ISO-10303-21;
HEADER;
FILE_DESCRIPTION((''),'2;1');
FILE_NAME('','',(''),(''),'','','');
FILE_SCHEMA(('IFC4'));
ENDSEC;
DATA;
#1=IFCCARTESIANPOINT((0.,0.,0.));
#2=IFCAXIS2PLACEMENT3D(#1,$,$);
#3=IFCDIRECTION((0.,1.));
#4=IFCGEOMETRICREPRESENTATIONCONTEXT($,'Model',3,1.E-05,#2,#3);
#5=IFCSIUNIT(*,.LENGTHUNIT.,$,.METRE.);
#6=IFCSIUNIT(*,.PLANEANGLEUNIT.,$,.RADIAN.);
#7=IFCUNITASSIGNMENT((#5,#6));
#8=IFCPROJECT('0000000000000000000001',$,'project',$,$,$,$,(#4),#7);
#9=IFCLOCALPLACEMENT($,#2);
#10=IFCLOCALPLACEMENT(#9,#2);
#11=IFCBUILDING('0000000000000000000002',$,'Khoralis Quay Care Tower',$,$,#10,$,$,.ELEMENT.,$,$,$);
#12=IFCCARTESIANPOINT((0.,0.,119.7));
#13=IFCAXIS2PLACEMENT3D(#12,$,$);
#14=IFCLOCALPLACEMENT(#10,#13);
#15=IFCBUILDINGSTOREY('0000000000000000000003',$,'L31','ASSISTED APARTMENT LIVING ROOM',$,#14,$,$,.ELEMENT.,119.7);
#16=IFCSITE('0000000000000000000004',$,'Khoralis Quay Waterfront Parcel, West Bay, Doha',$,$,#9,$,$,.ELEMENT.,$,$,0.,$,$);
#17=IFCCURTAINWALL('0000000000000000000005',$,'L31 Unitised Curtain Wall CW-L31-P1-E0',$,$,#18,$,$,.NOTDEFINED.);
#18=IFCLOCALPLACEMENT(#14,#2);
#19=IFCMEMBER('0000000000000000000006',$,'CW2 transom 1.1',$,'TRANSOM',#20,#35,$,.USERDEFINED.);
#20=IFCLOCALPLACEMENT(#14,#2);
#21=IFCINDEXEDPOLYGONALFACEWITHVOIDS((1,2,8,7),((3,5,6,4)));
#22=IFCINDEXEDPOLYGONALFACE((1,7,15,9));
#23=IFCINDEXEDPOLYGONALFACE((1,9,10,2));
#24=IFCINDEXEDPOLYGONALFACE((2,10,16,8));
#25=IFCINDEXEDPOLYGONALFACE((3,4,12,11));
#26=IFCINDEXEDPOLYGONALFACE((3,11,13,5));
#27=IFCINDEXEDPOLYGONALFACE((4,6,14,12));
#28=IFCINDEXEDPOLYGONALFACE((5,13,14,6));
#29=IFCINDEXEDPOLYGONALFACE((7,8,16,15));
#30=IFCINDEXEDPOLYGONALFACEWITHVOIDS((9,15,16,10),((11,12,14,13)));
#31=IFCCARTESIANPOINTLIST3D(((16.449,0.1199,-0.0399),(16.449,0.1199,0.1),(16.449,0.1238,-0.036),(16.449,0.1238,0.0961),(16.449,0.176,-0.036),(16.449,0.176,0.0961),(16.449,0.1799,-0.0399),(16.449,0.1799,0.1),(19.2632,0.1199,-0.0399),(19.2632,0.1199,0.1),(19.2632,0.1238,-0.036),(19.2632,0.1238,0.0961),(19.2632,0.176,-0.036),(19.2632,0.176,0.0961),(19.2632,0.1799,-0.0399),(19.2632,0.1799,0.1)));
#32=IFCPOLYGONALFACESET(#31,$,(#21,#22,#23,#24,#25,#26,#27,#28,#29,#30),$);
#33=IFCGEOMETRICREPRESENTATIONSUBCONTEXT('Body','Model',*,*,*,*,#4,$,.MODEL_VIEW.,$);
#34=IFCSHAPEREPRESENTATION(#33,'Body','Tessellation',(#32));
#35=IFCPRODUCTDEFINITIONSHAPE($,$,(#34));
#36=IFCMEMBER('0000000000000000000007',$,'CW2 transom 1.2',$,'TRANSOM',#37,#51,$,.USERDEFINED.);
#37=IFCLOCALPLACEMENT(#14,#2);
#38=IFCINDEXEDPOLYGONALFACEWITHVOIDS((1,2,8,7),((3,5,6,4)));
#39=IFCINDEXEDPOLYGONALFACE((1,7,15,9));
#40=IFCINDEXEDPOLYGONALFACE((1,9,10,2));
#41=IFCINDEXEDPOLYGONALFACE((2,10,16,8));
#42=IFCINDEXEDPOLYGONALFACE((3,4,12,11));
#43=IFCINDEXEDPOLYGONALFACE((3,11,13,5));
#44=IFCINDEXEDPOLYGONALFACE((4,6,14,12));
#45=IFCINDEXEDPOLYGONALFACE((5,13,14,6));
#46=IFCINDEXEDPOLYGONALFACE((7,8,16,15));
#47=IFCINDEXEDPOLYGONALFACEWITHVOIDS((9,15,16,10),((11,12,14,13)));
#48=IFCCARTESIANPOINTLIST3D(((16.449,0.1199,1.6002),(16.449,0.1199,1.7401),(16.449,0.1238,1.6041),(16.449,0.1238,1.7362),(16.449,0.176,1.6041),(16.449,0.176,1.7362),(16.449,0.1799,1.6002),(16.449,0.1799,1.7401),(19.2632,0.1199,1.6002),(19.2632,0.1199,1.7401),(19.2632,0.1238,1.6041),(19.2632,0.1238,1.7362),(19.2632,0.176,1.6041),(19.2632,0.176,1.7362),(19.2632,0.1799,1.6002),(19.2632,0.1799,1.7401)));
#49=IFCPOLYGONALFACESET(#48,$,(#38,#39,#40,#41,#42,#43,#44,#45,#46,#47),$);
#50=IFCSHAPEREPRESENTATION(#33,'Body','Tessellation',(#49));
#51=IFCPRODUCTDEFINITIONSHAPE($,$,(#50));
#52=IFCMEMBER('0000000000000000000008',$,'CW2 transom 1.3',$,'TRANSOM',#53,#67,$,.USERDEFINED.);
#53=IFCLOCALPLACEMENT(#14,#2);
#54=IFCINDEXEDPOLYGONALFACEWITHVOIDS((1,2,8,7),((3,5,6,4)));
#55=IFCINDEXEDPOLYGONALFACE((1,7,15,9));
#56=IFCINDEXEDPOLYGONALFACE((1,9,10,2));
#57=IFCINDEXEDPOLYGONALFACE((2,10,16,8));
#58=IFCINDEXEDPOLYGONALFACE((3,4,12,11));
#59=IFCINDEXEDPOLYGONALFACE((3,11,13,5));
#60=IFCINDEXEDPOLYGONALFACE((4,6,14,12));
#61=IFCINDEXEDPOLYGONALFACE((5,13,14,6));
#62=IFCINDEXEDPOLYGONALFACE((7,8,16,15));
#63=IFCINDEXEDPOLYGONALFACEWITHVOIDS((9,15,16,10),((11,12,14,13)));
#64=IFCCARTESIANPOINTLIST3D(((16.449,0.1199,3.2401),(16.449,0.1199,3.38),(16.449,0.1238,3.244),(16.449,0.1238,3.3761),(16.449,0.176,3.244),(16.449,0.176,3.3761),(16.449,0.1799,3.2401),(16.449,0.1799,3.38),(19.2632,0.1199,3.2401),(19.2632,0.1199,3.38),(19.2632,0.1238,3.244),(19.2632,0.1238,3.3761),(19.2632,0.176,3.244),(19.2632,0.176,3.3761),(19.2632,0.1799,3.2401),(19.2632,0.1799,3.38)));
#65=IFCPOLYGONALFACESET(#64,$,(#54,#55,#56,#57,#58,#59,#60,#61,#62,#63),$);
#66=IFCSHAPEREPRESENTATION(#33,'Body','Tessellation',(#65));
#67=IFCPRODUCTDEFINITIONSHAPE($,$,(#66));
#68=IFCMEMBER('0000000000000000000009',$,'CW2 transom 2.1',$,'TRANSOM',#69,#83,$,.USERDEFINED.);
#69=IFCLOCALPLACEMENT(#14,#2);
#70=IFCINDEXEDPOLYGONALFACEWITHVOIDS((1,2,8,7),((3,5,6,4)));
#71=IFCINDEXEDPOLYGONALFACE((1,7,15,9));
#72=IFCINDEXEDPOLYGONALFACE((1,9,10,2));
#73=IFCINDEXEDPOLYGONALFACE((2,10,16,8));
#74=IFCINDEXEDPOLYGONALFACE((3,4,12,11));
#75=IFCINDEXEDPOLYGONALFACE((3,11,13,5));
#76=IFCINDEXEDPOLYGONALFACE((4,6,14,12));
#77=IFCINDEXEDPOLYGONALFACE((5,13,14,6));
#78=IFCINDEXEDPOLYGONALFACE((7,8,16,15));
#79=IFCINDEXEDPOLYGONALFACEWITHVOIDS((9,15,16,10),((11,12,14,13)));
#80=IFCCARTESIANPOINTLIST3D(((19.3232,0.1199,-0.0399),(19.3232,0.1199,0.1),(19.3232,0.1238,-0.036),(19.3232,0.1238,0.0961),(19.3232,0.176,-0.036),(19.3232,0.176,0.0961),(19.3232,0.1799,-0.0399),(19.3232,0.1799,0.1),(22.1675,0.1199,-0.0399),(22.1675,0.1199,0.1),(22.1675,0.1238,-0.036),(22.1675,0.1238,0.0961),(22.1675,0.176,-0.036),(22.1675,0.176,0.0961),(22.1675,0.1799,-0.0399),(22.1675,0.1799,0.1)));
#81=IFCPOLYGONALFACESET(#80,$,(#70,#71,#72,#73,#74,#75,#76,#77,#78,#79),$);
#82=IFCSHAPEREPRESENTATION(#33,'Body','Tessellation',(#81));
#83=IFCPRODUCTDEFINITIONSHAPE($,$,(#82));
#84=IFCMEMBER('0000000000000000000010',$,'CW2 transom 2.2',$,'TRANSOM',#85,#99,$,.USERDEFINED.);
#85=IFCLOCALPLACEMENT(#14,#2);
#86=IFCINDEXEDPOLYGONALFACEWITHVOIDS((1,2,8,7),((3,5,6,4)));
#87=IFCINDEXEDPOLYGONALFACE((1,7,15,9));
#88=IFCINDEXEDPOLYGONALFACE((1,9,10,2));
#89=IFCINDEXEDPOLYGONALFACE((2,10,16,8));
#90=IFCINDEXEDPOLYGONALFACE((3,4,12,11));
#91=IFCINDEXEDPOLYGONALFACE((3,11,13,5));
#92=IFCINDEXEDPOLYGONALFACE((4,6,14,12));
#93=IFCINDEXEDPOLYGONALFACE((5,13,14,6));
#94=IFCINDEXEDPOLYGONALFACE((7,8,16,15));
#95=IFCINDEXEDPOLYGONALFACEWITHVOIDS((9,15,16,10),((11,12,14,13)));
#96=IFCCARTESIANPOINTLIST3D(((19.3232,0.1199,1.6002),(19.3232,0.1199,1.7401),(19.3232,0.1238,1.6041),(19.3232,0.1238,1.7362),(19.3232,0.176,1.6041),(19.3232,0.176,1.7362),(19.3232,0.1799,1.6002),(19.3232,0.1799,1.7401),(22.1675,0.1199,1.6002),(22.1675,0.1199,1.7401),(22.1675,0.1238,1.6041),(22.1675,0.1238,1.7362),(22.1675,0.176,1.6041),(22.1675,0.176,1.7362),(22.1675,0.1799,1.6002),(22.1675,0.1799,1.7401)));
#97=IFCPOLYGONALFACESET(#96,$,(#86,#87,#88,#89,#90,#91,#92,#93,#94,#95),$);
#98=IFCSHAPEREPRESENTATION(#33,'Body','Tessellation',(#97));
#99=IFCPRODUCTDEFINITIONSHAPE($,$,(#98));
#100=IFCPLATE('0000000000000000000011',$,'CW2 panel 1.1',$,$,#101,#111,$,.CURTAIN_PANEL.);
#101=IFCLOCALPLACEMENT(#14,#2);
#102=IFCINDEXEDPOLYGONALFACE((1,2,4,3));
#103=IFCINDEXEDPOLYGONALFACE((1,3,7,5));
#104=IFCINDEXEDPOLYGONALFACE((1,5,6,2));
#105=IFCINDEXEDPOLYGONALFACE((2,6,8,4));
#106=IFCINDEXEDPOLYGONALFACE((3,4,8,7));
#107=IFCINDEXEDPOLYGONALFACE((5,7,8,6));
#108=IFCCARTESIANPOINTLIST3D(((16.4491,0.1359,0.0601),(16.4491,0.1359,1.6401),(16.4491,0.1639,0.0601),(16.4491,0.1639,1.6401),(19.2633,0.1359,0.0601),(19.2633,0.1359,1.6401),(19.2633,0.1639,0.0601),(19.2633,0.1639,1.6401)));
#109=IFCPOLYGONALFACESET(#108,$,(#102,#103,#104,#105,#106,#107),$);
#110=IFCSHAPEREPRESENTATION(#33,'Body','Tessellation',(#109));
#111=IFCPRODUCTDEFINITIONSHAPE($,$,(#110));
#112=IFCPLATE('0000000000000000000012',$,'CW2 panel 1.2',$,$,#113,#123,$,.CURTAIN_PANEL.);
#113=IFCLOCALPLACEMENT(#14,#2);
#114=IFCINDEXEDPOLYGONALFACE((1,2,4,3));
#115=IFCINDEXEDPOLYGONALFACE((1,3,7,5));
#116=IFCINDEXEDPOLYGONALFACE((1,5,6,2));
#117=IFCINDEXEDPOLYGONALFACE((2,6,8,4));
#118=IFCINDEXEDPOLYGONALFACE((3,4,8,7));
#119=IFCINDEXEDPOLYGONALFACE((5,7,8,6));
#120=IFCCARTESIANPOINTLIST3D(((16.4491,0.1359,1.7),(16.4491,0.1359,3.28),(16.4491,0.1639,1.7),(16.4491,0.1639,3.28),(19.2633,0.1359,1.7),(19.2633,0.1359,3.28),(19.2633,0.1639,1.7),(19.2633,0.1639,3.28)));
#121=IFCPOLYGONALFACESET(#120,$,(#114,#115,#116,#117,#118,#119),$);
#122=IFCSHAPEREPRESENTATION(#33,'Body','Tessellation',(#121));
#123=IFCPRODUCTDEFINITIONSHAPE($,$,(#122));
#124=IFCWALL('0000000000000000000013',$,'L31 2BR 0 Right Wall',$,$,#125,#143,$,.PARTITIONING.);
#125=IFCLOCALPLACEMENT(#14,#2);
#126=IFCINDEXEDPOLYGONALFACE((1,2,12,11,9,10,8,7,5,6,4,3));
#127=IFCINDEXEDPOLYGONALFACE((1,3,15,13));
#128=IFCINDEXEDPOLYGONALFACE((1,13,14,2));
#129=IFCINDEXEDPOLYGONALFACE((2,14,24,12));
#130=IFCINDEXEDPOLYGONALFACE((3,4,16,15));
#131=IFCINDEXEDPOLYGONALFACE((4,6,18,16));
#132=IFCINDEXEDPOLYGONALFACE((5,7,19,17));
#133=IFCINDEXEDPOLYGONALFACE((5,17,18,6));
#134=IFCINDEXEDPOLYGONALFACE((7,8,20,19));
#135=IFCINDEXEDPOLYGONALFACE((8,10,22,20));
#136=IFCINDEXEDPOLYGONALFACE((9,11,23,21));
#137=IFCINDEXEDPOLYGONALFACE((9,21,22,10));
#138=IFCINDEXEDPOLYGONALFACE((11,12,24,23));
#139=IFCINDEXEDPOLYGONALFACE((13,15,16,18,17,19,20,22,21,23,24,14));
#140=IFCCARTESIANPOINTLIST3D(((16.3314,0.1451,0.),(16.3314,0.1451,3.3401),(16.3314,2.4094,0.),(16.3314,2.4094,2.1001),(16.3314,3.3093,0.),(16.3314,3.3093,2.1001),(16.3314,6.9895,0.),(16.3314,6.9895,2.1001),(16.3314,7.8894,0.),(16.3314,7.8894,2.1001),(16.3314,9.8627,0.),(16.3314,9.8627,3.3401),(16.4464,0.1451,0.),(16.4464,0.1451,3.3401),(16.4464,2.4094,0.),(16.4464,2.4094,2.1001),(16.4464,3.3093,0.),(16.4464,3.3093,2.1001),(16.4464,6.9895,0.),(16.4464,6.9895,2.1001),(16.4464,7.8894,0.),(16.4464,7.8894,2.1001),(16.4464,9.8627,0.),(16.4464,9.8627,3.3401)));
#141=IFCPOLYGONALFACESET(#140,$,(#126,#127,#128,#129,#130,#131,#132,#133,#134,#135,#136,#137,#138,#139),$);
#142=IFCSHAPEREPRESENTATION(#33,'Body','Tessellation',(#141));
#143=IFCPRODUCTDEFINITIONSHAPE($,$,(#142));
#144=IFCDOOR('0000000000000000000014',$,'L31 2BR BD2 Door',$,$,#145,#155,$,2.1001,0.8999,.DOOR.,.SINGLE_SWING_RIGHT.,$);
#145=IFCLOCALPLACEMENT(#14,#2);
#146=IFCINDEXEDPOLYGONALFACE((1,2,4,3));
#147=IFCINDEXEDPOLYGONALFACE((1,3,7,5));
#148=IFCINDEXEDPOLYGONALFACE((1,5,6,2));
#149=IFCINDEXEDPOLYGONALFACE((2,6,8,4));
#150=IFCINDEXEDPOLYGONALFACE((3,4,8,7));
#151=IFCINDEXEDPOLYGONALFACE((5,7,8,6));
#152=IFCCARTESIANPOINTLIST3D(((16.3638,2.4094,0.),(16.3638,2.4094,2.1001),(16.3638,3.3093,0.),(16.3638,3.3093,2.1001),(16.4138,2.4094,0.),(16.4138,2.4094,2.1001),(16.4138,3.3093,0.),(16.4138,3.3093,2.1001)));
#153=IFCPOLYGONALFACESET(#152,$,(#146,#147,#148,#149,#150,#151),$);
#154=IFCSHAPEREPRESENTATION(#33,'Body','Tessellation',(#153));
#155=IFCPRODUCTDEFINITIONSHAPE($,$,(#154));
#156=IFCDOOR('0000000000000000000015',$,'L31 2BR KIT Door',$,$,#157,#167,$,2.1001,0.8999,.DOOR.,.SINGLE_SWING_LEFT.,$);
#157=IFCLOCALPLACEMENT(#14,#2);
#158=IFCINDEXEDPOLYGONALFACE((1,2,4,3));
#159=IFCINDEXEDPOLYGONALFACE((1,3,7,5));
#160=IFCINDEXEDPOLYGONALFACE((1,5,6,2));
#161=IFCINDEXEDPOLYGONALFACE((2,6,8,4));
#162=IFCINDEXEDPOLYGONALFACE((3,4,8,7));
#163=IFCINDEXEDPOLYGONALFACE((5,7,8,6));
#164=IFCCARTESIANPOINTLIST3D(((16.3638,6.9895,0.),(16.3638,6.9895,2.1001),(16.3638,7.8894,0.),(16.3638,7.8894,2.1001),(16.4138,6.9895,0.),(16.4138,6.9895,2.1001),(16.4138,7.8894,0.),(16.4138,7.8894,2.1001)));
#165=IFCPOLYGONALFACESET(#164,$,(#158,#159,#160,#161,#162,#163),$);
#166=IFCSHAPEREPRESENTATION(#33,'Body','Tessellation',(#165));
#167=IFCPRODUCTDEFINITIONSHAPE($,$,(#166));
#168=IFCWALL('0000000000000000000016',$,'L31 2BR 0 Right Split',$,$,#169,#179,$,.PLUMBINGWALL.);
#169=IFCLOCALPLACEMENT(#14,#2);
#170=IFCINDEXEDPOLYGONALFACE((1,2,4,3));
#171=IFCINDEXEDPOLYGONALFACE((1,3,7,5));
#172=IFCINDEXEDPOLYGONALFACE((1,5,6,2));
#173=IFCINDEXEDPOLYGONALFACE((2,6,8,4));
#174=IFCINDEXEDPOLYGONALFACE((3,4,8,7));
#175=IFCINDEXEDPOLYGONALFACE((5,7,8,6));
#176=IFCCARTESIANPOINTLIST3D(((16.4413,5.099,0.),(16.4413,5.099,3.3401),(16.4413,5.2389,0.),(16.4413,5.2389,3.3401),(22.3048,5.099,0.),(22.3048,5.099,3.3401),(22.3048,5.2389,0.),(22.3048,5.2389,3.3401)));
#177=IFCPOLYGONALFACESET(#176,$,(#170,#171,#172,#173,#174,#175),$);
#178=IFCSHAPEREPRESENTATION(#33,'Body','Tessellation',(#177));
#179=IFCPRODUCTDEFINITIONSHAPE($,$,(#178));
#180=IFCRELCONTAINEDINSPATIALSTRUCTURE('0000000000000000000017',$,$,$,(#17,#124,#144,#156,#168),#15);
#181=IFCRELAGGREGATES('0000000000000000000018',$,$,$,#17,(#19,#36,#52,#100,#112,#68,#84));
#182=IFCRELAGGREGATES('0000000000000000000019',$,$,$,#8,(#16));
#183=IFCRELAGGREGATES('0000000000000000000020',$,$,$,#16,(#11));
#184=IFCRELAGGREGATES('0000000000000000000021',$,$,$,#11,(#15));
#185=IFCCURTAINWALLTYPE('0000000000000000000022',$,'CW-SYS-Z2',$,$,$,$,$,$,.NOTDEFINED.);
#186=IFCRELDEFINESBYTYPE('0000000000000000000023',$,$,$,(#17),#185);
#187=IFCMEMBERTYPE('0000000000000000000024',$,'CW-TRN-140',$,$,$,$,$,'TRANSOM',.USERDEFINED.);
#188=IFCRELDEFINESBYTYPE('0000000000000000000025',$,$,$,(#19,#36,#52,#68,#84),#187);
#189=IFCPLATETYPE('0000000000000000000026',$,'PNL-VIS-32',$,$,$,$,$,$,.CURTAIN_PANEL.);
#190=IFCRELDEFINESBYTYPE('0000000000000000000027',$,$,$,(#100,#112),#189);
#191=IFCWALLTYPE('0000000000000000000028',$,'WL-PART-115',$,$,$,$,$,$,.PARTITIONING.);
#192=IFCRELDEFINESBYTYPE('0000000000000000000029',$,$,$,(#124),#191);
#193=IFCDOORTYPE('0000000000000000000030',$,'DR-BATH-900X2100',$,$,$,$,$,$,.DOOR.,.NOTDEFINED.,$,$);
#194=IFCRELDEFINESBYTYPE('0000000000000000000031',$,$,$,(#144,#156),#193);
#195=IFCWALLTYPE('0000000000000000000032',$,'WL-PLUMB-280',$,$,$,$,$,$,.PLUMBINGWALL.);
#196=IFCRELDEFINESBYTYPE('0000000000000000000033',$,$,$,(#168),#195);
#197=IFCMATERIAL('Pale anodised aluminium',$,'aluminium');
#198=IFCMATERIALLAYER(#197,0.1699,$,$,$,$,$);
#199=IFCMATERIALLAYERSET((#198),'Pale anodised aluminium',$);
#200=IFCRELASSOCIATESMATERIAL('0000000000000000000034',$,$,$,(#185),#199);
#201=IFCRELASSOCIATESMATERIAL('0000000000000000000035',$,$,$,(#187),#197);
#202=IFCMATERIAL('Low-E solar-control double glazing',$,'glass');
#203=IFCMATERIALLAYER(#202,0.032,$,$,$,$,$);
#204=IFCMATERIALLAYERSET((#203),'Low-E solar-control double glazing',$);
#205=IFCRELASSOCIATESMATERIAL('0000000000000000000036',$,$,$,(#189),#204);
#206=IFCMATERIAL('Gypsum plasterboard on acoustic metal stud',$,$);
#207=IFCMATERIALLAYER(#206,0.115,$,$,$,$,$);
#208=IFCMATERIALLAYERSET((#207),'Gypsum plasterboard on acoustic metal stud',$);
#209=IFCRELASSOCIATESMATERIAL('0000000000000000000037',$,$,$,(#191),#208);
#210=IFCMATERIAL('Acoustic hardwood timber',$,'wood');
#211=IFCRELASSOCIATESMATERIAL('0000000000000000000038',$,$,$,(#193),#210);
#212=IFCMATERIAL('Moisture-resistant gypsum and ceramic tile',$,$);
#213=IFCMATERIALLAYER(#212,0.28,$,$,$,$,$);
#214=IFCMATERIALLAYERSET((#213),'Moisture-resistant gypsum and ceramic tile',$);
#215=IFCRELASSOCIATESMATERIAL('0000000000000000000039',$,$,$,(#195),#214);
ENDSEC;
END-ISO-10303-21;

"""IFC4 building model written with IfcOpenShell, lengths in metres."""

from ifc_helpers import new_model, si_unit, direction, frame, frame_2d, origin, origin_2d, place, context, subcontext, project, spatial, rectangle, hollow_rectangle, extrude, source, transform, mapped, material, layer, layer_set, material_profile, profile_set, type_object, element, fill, aggregate, save


model = new_model("IFC4")

# Units and contexts
model_context = context("Model", 3, precision=1e-05, world=origin(), true_north=direction((0.0, 1.0)))
body_context = subcontext(model_context, "Body", "Model", "MODEL_VIEW")
ifc_project = project(units=[si_unit("LENGTHUNIT", "METRE"), si_unit("PLANEANGLEUNIT", "RADIAN")], contexts=[model_context])

# Site, building, storey
site_placement = place(None, origin())
site = spatial("IfcSite", under=ifc_project, at=site_placement, Name="Khoralis Quay Waterfront Parcel, West Bay, Doha", CompositionType="ELEMENT", RefElevation=0.0)
building_placement = place(site_placement, origin())
building = spatial("IfcBuilding", under=site, at=building_placement, Name="Khoralis Quay Care Tower", CompositionType="ELEMENT")
storey_placement = place(building_placement, frame((0.0, 0.0, 119.7)))
storey = spatial("IfcBuildingStorey", under=building, at=storey_placement, Name="L31", Description="ASSISTED APARTMENT LIVING ROOM", CompositionType="ELEMENT", Elevation=119.7)

# Curtain wall, members, plates
ifc_material_1 = material(Name="Pale anodised aluminium", Category="aluminium")
ifc_layer_1 = layer(ifc_material_1, 0.1699)
ifc_layer_set_1 = layer_set([ifc_layer_1], Name="Pale anodised aluminium")
curtain_wall_type = type_object("IfcCurtainWallType", Name="CW-SYS-Z2", PredefinedType="NOTDEFINED", material=ifc_layer_set_1)
curtain_wall_placement = place(storey_placement, origin())
curtain_wall = element("IfcCurtainWall", 1, at=curtain_wall_placement, inside=storey, type_object=curtain_wall_type, Name="L31 Unitised Curtain Wall CW-L31-P1-E0", PredefinedType="NOTDEFINED")
ifc_material_profile_1 = material_profile(ifc_material_1, hollow_rectangle(XDim=0.0601, YDim=0.1399, WallThickness=0.0039, at=origin_2d()), Name="Pale anodised aluminium")
ifc_profile_set_1 = profile_set([ifc_material_profile_1], Name="Pale anodised aluminium")
member_type_1 = type_object("IfcMemberType", Name="CW-TRN-140", ElementType="TRANSOM", PredefinedType="USERDEFINED", material=ifc_profile_set_1)
shared_shape_1 = source(origin(), body_context, "Body", "SweptSolid", [
    extrude(hollow_rectangle(XDim=0.0601, YDim=0.1399, WallThickness=0.0039, at=origin_2d()), origin(), (0.0, 0.0, 1.0), 2.8142),
])
member_1_placement = place(storey_placement, frame((16.449, 0.1499, 0.03), z_axis=(1.0, 0.0, 0.0), x_axis=(0.0, 1.0, 0.0)))
member_1 = element("IfcMember", 2, at=member_1_placement, type_object=member_type_1, Name="CW2 transom 1.1", ObjectType="TRANSOM", PredefinedType="USERDEFINED", context=body_context, shape_type="MappedRepresentation", body=[
    mapped(shared_shape_1, transform((0.0, 0.0, 0.0), scale=1.0)),
])
member_2_placement = place(storey_placement, frame((16.449, 0.1499, 1.6702), z_axis=(1.0, 0.0, 0.0), x_axis=(0.0, 1.0, 0.0)))
member_2 = element("IfcMember", 3, at=member_2_placement, type_object=member_type_1, Name="CW2 transom 1.2", ObjectType="TRANSOM", PredefinedType="USERDEFINED", context=body_context, shape_type="MappedRepresentation", body=[
    mapped(shared_shape_1, transform((0.0, 0.0, 0.0), scale=1.0)),
])
member_3_placement = place(storey_placement, frame((16.449, 0.1499, 3.3101), z_axis=(1.0, 0.0, 0.0), x_axis=(0.0, 1.0, 0.0)))
member_3 = element("IfcMember", 4, at=member_3_placement, type_object=member_type_1, Name="CW2 transom 1.3", ObjectType="TRANSOM", PredefinedType="USERDEFINED", context=body_context, shape_type="MappedRepresentation", body=[
    mapped(shared_shape_1, transform((0.0, 0.0, 0.0), scale=1.0)),
])
shared_shape_2 = source(origin(), body_context, "Body", "SweptSolid", [
    extrude(hollow_rectangle(XDim=0.0601, YDim=0.1399, WallThickness=0.0039, at=origin_2d()), origin(), (0.0, 0.0, 1.0), 2.8442),
])
member_4_placement = place(storey_placement, frame((19.3232, 0.1499, 0.03), z_axis=(1.0, 0.0, 0.0), x_axis=(0.0, 1.0, 0.0)))
member_4 = element("IfcMember", 5, at=member_4_placement, type_object=member_type_1, Name="CW2 transom 2.1", ObjectType="TRANSOM", PredefinedType="USERDEFINED", context=body_context, shape_type="MappedRepresentation", body=[
    mapped(shared_shape_2, transform((0.0, 0.0, 0.0), scale=1.0)),
])
member_5_placement = place(storey_placement, frame((19.3232, 0.1499, 1.6702), z_axis=(1.0, 0.0, 0.0), x_axis=(0.0, 1.0, 0.0)))
member_5 = element("IfcMember", 6, at=member_5_placement, type_object=member_type_1, Name="CW2 transom 2.2", ObjectType="TRANSOM", PredefinedType="USERDEFINED", context=body_context, shape_type="MappedRepresentation", body=[
    mapped(shared_shape_2, transform((0.0, 0.0, 0.0), scale=1.0)),
])
ifc_material_2 = material(Name="Low-E solar-control double glazing", Category="glass")
ifc_layer_2 = layer(ifc_material_2, 0.032)
ifc_layer_set_2 = layer_set([ifc_layer_2], Name="Low-E solar-control double glazing")
plate_type = type_object("IfcPlateType", Name="PNL-VIS-32", PredefinedType="CURTAIN_PANEL", material=ifc_layer_set_2)
shared_shape_3 = source(origin(), body_context, "Body", "SweptSolid", [
    extrude(rectangle(XDim=2.8142, YDim=0.0281, at=origin_2d()), origin(), (0.0, 0.0, 1.0), 1.5801),
])
plate_1_placement = place(storey_placement, frame((17.8562, 0.1499, 0.0601), z_axis=(0.0, 0.0, 1.0), x_axis=(1.0, 0.0, 0.0)))
plate_1 = element("IfcPlate", 7, at=plate_1_placement, type_object=plate_type, Name="CW2 panel 1.1", PredefinedType="CURTAIN_PANEL", context=body_context, shape_type="MappedRepresentation", body=[
    mapped(shared_shape_3, transform((0.0, 0.0, 0.0), scale=1.0)),
])
plate_2_placement = place(storey_placement, frame((17.8562, 0.1499, 1.7), z_axis=(0.0, 0.0, 1.0), x_axis=(1.0, 0.0, 0.0)))
plate_2 = element("IfcPlate", 8, at=plate_2_placement, type_object=plate_type, Name="CW2 panel 1.2", PredefinedType="CURTAIN_PANEL", context=body_context, shape_type="MappedRepresentation", body=[
    mapped(shared_shape_3, transform((0.0, 0.0, 0.0), scale=1.0)),
])
aggregate(curtain_wall, [member_1, member_2, member_3, plate_1, plate_2, member_4, member_5])

# Wall, openings, doors
ifc_material_3 = material(Name="Gypsum plasterboard on acoustic metal stud")
ifc_layer_3 = layer(ifc_material_3, 0.115)
ifc_layer_set_3 = layer_set([ifc_layer_3], Name="Gypsum plasterboard on acoustic metal stud")
wall_type_1 = type_object("IfcWallType", Name="WL-PART-115", PredefinedType="PARTITIONING", material=ifc_layer_set_3)
wall_1_placement = place(storey_placement, frame((16.3889, 0.145, 0.0), z_axis=(0.0, 0.0, 1.0), x_axis=(0.0, 1.0, 0.0)))
wall_1 = element("IfcWall", 9, at=wall_1_placement, inside=storey, type_object=wall_type_1, Name="L31 2BR 0 Right Wall", PredefinedType="PARTITIONING", context=body_context, shape_type="SweptSolid", body=[
    extrude(rectangle(XDim=9.7175, YDim=0.115, at=frame_2d((4.8589, 0.0))), origin(), (0.0, 0.0, 1.0), 3.3401),
])
opening_1_placement = place(wall_1_placement, frame((2.2644, 0.0, 0.0)))
opening_1 = element("IfcOpeningElement", 10, at=opening_1_placement, cuts=wall_1, PredefinedType="OPENING", context=body_context, shape_type="SweptSolid", body=[
    extrude(rectangle(XDim=0.8999, YDim=2.1001, at=frame_2d((0.45, 1.05))), frame((0.0, 0.0674, 0.0), z_axis=(0.0, -1.0, 0.0), x_axis=(1.0, 0.0, 0.0)), (0.0, 0.0, 1.0), 0.135),
])
opening_2_placement = place(wall_1_placement, frame((6.8445, 0.0, 0.0)))
opening_2 = element("IfcOpeningElement", 11, at=opening_2_placement, cuts=wall_1, PredefinedType="OPENING", context=body_context, shape_type="SweptSolid", body=[
    extrude(rectangle(XDim=0.8999, YDim=2.1001, at=frame_2d((0.45, 1.05))), frame((0.0, 0.0674, 0.0), z_axis=(0.0, -1.0, 0.0), x_axis=(1.0, 0.0, 0.0)), (0.0, 0.0, 1.0), 0.135),
])
ifc_material_4 = material(Name="Acoustic hardwood timber", Category="wood")
door_type = type_object("IfcDoorType", Name="DR-BATH-900X2100", OperationType="NOTDEFINED", PredefinedType="DOOR", material=ifc_material_4)
shared_shape_4 = source(origin(), body_context, "Body", "SweptSolid", [
    extrude(rectangle(XDim=0.8999, YDim=2.1001, at=frame_2d((0.45, 1.05))), frame((0.0, 0.0249, 0.0), z_axis=(0.0, -1.0, 0.0), x_axis=(1.0, 0.0, 0.0)), (0.0, 0.0, 1.0), 0.05),
])
door_1_placement = place(opening_1_placement, frame((0.8999, 0.0, 0.0), z_axis=(0.0, 0.0, 1.0), x_axis=(-1.0, 0.0, 0.0)))
door_1 = element("IfcDoor", 12, at=door_1_placement, inside=storey, type_object=door_type, Name="L31 2BR BD2 Door", OperationType="SINGLE_SWING_RIGHT", OverallHeight=2.1001, OverallWidth=0.8999, PredefinedType="DOOR", context=body_context, shape_type="MappedRepresentation", body=[
    mapped(shared_shape_4, transform((0.0, 0.0, 0.0), scale=1.0)),
])
fill(opening_1, door_1)
door_2_placement = place(opening_2_placement, frame((0.8999, 0.0, 0.0), z_axis=(0.0, 0.0, 1.0), x_axis=(-1.0, 0.0, 0.0)))
door_2 = element("IfcDoor", 13, at=door_2_placement, inside=storey, type_object=door_type, Name="L31 2BR KIT Door", OperationType="SINGLE_SWING_LEFT", OverallHeight=2.1001, OverallWidth=0.8999, PredefinedType="DOOR", context=body_context, shape_type="MappedRepresentation", body=[
    mapped(shared_shape_4, transform((0.0, 0.0, 0.0), scale=1.0)),
])
fill(opening_2, door_2)

# Wall
ifc_material_5 = material(Name="Moisture-resistant gypsum and ceramic tile")
ifc_layer_4 = layer(ifc_material_5, 0.28)
ifc_layer_set_4 = layer_set([ifc_layer_4], Name="Moisture-resistant gypsum and ceramic tile")
wall_type_2 = type_object("IfcWallType", Name="WL-PLUMB-280", PredefinedType="PLUMBINGWALL", material=ifc_layer_set_4)
wall_2_placement = place(storey_placement, frame((16.4414, 5.1689, 0.0), z_axis=(0.0, 0.0, 1.0), x_axis=(1.0, 0.0, 0.0)))
element("IfcWall", 14, at=wall_2_placement, inside=storey, type_object=wall_type_2, Name="L31 2BR 0 Right Split", PredefinedType="PLUMBINGWALL", context=body_context, shape_type="SweptSolid", body=[
    extrude(rectangle(XDim=5.8635, YDim=0.1399, at=frame_2d((2.9316, 0.0))), origin(), (0.0, 0.0, 1.0), 3.3401),
])

save(model, "model.ifc")
